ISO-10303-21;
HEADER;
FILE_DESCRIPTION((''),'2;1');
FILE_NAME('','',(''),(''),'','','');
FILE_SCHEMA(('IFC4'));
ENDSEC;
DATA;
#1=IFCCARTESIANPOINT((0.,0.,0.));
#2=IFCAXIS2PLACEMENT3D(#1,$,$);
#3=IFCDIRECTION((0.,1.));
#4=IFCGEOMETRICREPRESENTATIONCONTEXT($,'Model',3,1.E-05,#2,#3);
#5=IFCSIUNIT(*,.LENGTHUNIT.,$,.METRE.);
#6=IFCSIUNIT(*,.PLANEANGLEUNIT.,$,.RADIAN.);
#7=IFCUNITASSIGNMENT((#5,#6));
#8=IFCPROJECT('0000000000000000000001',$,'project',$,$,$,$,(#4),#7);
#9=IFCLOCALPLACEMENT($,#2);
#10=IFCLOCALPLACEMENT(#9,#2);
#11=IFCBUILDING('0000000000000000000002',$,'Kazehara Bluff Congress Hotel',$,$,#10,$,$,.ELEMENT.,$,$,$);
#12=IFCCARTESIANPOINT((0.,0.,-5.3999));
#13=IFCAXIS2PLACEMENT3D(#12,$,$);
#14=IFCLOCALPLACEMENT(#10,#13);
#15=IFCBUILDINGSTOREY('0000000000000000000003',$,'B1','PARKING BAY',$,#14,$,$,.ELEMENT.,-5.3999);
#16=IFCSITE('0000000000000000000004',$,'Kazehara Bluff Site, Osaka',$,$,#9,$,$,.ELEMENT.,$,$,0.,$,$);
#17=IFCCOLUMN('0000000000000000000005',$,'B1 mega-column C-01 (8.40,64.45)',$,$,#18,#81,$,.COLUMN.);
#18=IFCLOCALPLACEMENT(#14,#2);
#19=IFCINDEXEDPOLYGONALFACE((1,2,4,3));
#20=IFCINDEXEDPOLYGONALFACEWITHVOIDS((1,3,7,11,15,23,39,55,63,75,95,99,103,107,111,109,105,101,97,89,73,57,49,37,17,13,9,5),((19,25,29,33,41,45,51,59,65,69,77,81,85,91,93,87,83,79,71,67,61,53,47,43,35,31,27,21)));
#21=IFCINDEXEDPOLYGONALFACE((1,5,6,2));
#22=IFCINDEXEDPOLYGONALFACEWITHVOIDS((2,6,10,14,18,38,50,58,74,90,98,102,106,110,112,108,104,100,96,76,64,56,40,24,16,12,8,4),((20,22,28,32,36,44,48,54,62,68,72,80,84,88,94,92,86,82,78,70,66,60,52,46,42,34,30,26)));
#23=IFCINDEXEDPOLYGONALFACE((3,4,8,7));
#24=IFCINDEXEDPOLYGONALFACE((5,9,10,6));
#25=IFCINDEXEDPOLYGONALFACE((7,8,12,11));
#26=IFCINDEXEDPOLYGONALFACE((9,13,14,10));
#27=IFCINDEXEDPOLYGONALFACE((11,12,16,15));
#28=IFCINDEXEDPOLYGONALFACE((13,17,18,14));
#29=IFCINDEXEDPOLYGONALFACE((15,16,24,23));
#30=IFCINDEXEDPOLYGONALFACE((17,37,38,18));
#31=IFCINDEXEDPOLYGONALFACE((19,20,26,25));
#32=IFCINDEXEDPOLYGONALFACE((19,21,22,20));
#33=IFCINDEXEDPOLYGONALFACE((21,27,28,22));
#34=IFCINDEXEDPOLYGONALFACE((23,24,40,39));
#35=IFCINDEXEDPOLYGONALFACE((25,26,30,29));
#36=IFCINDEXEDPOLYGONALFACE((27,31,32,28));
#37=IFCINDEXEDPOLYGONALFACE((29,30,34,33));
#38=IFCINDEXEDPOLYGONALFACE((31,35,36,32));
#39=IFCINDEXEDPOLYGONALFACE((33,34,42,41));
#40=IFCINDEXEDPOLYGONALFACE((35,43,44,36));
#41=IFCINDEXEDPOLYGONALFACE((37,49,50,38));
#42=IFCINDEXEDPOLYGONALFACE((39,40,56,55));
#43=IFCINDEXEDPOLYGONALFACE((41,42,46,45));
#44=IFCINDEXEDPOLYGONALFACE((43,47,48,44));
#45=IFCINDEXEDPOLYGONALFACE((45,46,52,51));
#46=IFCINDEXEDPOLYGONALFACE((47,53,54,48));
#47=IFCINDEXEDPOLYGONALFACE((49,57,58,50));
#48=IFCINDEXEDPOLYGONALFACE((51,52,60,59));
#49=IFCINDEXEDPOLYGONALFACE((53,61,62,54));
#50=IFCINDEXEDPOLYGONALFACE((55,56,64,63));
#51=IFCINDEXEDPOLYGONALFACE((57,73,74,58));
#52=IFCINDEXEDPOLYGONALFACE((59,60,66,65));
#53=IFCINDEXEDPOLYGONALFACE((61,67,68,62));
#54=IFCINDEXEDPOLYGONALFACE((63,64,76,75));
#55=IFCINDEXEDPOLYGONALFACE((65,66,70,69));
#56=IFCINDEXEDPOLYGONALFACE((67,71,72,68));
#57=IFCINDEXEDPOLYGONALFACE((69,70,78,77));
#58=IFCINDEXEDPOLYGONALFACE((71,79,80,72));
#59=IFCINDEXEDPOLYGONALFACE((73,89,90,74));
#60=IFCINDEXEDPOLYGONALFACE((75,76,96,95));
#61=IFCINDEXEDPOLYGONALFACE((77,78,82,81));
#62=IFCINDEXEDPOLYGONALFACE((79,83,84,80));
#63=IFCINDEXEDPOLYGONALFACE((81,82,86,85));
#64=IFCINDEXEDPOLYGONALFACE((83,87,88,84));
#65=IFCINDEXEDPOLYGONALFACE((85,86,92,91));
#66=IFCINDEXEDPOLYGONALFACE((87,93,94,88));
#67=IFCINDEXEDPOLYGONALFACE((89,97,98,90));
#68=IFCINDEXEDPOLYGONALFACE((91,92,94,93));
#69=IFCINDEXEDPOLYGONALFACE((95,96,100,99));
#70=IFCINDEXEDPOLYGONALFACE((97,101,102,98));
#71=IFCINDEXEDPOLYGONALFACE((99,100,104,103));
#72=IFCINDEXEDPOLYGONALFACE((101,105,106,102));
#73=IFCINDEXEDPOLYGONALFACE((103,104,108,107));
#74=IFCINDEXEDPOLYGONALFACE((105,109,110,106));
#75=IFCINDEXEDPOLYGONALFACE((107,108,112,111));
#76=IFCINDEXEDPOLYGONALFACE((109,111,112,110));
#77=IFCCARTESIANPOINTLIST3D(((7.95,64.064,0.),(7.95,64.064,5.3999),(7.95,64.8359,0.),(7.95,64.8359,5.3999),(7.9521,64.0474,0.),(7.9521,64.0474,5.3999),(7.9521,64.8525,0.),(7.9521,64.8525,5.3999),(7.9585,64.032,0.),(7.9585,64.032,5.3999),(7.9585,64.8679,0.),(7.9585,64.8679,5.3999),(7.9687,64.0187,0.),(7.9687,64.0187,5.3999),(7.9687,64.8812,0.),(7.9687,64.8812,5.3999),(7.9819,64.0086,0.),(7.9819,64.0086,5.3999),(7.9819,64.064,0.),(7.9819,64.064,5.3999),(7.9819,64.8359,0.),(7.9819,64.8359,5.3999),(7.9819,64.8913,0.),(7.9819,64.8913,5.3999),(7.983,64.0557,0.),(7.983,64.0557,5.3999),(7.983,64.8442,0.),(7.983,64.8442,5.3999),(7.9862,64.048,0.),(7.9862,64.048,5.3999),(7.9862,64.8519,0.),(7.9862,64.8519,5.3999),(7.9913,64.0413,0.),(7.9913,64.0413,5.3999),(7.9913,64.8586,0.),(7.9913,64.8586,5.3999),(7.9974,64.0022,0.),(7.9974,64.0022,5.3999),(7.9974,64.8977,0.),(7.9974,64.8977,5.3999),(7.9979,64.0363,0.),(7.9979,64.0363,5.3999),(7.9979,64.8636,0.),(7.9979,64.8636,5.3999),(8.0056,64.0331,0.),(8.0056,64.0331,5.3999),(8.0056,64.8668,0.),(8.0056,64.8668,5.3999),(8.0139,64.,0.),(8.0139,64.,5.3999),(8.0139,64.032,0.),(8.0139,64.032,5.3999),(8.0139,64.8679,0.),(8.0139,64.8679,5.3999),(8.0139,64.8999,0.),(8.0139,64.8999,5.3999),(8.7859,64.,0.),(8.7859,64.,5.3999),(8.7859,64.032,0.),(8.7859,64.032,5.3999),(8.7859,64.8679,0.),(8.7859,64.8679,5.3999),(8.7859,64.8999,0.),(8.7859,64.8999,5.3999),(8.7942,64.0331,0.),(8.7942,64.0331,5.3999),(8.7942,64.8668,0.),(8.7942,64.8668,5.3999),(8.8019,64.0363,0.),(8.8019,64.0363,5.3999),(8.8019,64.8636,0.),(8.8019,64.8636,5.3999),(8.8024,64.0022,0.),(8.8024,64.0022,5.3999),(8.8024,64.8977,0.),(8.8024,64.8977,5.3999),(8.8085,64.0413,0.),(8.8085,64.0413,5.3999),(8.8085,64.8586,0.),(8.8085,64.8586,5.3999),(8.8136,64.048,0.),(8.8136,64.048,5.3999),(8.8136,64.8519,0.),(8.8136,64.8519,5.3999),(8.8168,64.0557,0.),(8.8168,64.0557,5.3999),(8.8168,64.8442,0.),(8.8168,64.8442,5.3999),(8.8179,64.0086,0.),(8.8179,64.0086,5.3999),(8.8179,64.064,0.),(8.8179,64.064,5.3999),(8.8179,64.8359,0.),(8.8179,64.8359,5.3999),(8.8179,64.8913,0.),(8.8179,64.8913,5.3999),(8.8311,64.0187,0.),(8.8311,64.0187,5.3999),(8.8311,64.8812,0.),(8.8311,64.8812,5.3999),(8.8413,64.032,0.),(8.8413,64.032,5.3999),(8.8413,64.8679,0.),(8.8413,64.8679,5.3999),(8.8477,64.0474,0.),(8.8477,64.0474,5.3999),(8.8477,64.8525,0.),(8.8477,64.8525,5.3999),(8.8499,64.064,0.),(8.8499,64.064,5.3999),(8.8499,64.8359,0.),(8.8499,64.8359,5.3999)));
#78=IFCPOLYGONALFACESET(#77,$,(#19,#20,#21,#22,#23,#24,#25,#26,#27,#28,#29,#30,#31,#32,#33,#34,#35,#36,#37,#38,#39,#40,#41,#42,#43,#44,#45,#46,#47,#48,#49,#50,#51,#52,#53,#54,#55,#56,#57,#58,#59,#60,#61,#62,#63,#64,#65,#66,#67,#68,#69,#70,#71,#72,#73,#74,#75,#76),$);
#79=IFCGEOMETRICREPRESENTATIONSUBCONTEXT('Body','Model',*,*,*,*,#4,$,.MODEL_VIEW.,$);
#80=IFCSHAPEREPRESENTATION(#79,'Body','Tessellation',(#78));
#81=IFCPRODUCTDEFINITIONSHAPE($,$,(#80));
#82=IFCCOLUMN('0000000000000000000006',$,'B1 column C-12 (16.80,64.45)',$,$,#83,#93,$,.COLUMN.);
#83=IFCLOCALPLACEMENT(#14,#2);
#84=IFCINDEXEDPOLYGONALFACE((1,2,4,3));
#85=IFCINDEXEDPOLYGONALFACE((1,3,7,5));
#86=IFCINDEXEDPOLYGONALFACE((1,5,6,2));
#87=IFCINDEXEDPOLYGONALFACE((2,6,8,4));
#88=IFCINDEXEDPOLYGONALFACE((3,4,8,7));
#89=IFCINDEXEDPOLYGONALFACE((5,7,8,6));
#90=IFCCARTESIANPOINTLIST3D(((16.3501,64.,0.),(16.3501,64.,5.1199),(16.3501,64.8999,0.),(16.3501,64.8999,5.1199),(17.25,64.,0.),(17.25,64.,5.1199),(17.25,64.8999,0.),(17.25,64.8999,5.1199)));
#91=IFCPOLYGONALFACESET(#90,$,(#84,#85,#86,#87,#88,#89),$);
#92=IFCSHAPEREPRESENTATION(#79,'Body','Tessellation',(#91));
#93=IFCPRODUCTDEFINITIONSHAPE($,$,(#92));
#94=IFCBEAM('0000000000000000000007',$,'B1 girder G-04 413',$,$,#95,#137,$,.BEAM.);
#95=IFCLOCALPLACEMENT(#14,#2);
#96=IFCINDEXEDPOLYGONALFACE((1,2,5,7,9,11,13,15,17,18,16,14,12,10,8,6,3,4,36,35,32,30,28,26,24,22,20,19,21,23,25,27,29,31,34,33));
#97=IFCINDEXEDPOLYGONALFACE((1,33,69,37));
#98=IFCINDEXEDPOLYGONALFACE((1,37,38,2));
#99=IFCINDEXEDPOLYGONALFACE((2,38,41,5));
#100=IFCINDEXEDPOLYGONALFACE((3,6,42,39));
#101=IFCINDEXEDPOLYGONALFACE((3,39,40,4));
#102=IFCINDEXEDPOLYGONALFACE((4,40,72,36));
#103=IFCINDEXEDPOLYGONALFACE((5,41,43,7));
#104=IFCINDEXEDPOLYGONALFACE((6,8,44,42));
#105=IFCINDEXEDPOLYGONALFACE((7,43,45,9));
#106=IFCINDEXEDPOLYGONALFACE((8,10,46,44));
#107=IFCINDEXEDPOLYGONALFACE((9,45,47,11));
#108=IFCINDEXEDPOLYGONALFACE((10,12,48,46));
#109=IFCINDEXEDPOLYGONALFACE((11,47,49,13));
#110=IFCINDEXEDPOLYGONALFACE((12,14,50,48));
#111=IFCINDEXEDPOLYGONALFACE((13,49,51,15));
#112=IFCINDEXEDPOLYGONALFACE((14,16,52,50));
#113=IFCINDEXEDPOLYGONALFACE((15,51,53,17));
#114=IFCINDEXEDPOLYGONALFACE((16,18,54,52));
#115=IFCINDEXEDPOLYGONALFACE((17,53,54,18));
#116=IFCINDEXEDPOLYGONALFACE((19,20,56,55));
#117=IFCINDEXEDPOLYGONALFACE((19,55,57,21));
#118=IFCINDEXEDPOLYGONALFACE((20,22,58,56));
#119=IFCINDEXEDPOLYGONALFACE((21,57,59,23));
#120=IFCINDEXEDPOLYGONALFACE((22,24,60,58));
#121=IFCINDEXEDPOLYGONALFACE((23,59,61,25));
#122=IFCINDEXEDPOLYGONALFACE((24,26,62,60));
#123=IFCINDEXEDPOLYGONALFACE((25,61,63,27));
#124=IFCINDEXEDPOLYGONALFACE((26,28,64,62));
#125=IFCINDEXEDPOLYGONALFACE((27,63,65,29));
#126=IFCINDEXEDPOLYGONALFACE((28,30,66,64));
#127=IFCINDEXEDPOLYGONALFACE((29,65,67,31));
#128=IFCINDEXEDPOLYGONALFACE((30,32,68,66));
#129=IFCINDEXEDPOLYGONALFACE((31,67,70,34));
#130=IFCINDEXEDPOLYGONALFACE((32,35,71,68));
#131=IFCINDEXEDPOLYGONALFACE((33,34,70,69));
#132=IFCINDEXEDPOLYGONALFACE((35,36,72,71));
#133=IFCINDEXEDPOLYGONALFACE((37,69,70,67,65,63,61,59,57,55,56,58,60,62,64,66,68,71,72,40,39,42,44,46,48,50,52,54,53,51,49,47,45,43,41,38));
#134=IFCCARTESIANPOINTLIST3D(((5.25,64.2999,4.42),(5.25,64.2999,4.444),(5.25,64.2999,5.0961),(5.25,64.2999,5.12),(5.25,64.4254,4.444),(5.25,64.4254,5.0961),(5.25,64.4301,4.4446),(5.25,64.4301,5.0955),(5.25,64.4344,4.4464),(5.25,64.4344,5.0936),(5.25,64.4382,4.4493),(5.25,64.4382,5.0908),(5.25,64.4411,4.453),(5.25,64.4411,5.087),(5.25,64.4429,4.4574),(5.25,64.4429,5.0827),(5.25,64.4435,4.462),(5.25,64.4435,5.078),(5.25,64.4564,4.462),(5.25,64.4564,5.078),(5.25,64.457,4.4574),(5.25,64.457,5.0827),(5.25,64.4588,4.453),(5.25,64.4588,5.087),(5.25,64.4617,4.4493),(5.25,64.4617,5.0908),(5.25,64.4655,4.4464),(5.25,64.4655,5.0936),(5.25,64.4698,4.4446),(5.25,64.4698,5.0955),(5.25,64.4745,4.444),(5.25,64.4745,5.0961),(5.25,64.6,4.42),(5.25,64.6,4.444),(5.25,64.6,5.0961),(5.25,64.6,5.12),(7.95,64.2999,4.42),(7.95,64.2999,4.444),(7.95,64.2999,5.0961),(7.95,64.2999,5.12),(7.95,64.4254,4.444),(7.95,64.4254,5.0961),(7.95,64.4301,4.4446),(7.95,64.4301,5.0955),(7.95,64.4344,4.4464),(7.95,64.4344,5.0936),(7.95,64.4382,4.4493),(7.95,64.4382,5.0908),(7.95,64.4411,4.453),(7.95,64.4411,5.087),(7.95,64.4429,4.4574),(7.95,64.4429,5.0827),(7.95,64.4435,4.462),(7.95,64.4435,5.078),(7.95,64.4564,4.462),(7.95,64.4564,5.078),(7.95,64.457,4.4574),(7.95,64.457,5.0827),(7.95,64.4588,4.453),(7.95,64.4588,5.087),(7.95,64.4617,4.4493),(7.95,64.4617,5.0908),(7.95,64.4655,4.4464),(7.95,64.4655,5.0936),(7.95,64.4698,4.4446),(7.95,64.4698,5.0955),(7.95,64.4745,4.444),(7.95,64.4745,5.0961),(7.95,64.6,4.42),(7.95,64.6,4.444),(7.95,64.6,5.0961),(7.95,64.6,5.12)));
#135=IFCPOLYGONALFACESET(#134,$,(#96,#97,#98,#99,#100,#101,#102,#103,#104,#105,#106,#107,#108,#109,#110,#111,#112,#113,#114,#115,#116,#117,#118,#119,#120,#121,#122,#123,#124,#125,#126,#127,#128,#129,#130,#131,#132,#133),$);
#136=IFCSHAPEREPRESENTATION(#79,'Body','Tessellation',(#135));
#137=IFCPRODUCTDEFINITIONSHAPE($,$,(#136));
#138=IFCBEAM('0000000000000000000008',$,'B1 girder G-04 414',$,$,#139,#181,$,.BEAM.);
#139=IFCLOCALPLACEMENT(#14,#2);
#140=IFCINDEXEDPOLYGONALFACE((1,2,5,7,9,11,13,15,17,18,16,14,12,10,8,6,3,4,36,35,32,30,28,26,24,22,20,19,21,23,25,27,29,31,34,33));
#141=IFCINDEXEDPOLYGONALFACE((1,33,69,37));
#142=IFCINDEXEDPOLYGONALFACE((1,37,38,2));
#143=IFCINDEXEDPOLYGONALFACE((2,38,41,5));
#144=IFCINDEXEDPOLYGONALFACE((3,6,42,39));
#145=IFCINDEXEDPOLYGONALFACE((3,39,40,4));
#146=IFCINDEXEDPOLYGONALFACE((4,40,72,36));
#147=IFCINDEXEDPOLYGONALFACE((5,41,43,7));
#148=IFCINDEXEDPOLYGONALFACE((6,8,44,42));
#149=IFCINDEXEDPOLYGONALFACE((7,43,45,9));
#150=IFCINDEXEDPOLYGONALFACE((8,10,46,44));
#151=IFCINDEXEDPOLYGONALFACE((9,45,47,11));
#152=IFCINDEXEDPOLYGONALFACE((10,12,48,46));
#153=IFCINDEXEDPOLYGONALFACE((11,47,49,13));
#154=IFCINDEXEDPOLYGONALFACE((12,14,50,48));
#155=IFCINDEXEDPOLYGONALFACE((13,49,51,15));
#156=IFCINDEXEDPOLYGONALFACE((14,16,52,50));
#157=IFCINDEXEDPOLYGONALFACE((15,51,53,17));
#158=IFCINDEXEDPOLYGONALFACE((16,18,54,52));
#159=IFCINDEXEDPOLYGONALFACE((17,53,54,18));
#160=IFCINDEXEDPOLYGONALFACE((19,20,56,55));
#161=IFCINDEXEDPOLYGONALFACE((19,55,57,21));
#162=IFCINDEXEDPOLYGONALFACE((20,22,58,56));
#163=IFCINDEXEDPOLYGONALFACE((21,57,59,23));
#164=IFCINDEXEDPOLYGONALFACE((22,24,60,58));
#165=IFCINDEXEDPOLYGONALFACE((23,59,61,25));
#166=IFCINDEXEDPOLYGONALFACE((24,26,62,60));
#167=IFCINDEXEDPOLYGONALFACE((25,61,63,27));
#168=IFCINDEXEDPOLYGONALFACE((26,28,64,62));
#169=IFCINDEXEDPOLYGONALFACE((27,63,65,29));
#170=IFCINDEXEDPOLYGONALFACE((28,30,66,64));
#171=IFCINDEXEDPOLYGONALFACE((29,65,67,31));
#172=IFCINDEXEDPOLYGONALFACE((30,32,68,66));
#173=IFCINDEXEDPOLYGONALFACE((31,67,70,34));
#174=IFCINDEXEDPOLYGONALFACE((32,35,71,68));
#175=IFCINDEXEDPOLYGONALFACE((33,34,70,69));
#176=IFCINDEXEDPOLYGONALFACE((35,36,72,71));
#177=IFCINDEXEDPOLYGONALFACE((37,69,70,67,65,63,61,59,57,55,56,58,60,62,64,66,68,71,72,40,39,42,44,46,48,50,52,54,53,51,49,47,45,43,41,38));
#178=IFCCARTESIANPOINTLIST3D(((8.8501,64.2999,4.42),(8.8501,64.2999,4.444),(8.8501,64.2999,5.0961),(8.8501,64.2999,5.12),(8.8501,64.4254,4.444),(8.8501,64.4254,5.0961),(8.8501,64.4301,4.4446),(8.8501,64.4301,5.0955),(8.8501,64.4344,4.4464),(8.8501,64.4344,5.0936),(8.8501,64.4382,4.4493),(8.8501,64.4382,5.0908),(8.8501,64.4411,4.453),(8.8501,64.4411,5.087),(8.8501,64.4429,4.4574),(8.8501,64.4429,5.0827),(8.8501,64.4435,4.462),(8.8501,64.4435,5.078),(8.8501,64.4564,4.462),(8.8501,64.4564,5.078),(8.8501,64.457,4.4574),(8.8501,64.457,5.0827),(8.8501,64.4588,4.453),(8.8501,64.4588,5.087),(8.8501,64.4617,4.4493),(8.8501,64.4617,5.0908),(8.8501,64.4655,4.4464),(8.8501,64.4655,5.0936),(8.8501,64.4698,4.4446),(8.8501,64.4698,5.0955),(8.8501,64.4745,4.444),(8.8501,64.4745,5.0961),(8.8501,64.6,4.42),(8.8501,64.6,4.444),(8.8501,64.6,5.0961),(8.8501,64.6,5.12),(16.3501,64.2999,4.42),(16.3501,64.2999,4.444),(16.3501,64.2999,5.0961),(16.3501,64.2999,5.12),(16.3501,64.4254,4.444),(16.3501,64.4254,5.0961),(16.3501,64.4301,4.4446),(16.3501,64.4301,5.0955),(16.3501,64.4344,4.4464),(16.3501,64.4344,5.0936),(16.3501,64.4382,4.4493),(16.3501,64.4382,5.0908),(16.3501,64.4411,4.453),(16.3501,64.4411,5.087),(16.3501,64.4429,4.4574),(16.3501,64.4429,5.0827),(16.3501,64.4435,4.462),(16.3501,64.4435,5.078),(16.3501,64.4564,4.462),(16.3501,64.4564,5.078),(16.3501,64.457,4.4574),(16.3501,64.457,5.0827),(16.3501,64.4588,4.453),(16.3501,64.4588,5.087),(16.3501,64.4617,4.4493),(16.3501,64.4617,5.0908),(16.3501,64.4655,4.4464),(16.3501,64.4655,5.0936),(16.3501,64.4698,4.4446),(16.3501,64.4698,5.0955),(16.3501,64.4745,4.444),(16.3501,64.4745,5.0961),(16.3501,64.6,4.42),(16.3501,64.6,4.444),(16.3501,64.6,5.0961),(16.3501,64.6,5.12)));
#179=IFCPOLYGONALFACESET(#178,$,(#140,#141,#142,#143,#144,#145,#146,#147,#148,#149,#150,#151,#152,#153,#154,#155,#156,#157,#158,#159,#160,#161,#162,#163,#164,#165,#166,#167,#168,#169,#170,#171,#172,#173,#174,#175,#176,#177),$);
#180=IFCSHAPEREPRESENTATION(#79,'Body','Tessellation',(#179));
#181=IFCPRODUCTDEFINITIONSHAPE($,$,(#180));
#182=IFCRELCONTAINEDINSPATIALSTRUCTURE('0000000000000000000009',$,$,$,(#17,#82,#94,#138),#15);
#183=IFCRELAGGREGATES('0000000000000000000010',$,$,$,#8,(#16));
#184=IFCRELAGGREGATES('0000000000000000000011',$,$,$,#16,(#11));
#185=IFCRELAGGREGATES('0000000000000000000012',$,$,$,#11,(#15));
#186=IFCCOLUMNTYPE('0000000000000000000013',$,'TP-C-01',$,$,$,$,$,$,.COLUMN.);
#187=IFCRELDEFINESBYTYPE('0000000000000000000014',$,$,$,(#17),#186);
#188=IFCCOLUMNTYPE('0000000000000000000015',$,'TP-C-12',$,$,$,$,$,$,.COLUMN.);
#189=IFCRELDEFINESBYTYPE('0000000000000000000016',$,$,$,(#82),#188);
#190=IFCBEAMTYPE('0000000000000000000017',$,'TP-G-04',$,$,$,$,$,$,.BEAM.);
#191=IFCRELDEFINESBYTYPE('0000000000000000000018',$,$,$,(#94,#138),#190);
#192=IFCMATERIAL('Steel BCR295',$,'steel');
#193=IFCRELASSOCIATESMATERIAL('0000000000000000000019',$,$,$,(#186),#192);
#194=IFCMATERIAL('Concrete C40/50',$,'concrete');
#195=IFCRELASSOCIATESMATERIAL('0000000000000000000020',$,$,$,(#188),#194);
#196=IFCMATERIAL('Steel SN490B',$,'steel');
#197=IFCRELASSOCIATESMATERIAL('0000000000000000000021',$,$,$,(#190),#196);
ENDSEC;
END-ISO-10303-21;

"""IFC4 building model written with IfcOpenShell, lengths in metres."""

from ifc_helpers import new_model, si_unit, direction, frame, origin, origin_2d, place, context, subcontext, project, spatial, rectangle, hollow_rectangle, i_section, extrude, material, material_profile, profile_set, type_object, element, save


model = new_model("IFC4")

# Units and contexts
model_context = context("Model", 3, precision=1e-05, world=origin(), true_north=direction((0.0, 1.0)))
body_context = subcontext(model_context, "Body", "Model", "MODEL_VIEW")
ifc_project = project(units=[si_unit("LENGTHUNIT", "METRE"), si_unit("PLANEANGLEUNIT", "RADIAN")], contexts=[model_context])

# Site, building, storey
site_placement = place(None, origin())
site = spatial("IfcSite", under=ifc_project, at=site_placement, Name="Kazehara Bluff Site, Osaka", CompositionType="ELEMENT", RefElevation=0.0)
building_placement = place(site_placement, origin())
building = spatial("IfcBuilding", under=site, at=building_placement, Name="Kazehara Bluff Congress Hotel", CompositionType="ELEMENT")
storey_placement = place(building_placement, frame((0.0, 0.0, -5.3999)))
storey = spatial("IfcBuildingStorey", under=building, at=storey_placement, Name="B1", Description="PARKING BAY", CompositionType="ELEMENT", Elevation=-5.3999)

# Columns
ifc_material_1 = material(Name="Steel BCR295", Category="steel")
ifc_material_profile_1 = material_profile(ifc_material_1, hollow_rectangle(XDim=0.8999, YDim=0.8999, WallThickness=0.032, InnerFilletRadius=0.032, OuterFilletRadius=0.064, at=origin_2d()))
ifc_profile_set_1 = profile_set([ifc_material_profile_1], Name="Steel BCR295")
column_type_1 = type_object("IfcColumnType", Name="TP-C-01", PredefinedType="COLUMN", material=ifc_profile_set_1)
for number, where, z_axis, x_axis, name in (
    (1, (8.3999, 64.45, 0.0), (0.0, 0.0, 1.0), (1.0, 0.0, 0.0), "B1 mega-column C-01 (8.40,64.45)"),
):
    element("IfcColumn", number, at=place(storey_placement, frame(where, z_axis=z_axis, x_axis=x_axis)), inside=storey, type_object=column_type_1, Name=name, PredefinedType="COLUMN", context=body_context, shape_type="SweptSolid", body=[
        extrude(hollow_rectangle(XDim=0.8999, YDim=0.8999, WallThickness=0.032, InnerFilletRadius=0.032, OuterFilletRadius=0.064, at=origin_2d()), origin(), (0.0, 0.0, 1.0), 5.3999),
    ])
ifc_material_2 = material(Name="Concrete C40/50", Category="concrete")
ifc_material_profile_2 = material_profile(ifc_material_2, rectangle(XDim=0.8999, YDim=0.8999, at=origin_2d()))
ifc_profile_set_2 = profile_set([ifc_material_profile_2], Name="Concrete C40/50")
column_type_2 = type_object("IfcColumnType", Name="TP-C-12", PredefinedType="COLUMN", material=ifc_profile_set_2)
column_placement = place(storey_placement, frame((16.8, 64.45, 0.0), z_axis=(0.0, 0.0, 1.0), x_axis=(1.0, 0.0, 0.0)))
element("IfcColumn", 2, at=column_placement, inside=storey, type_object=column_type_2, Name="B1 column C-12 (16.80,64.45)", PredefinedType="COLUMN", context=body_context, shape_type="SweptSolid", body=[
    extrude(rectangle(XDim=0.8999, YDim=0.8999, at=origin_2d()), origin(), (0.0, 0.0, 1.0), 5.1199),
])

# Beams
ifc_material_3 = material(Name="Steel SN490B", Category="steel")
ifc_material_profile_3 = material_profile(ifc_material_3, i_section(OverallWidth=0.3, OverallDepth=0.7, WebThickness=0.0129, FlangeThickness=0.0239, FilletRadius=0.0181, at=origin_2d()))
ifc_profile_set_3 = profile_set([ifc_material_profile_3], Name="Steel SN490B")
beam_type_1 = type_object("IfcBeamType", Name="TP-G-04", PredefinedType="BEAM", material=ifc_profile_set_3)
beam_1_placement = place(storey_placement, frame((5.25, 64.45, 4.77), z_axis=(1.0, 0.0, 0.0), x_axis=(0.0, 1.0, 0.0)))
element("IfcBeam", 3, at=beam_1_placement, inside=storey, type_object=beam_type_1, Name="B1 girder G-04 413", PredefinedType="BEAM", context=body_context, shape_type="SweptSolid", body=[
    extrude(i_section(OverallWidth=0.3, OverallDepth=0.7, WebThickness=0.0129, FlangeThickness=0.0239, FilletRadius=0.0181, at=origin_2d()), origin(), (0.0, 0.0, 1.0), 2.7),
])
beam_2_placement = place(storey_placement, frame((8.8501, 64.45, 4.77), z_axis=(1.0, 0.0, 0.0), x_axis=(0.0, 1.0, 0.0)))
element("IfcBeam", 4, at=beam_2_placement, inside=storey, type_object=beam_type_1, Name="B1 girder G-04 414", PredefinedType="BEAM", context=body_context, shape_type="SweptSolid", body=[
    extrude(i_section(OverallWidth=0.3, OverallDepth=0.7, WebThickness=0.0129, FlangeThickness=0.0239, FilletRadius=0.0181, at=origin_2d()), origin(), (0.0, 0.0, 1.0), 7.5),
])

save(model, "model.ifc")
